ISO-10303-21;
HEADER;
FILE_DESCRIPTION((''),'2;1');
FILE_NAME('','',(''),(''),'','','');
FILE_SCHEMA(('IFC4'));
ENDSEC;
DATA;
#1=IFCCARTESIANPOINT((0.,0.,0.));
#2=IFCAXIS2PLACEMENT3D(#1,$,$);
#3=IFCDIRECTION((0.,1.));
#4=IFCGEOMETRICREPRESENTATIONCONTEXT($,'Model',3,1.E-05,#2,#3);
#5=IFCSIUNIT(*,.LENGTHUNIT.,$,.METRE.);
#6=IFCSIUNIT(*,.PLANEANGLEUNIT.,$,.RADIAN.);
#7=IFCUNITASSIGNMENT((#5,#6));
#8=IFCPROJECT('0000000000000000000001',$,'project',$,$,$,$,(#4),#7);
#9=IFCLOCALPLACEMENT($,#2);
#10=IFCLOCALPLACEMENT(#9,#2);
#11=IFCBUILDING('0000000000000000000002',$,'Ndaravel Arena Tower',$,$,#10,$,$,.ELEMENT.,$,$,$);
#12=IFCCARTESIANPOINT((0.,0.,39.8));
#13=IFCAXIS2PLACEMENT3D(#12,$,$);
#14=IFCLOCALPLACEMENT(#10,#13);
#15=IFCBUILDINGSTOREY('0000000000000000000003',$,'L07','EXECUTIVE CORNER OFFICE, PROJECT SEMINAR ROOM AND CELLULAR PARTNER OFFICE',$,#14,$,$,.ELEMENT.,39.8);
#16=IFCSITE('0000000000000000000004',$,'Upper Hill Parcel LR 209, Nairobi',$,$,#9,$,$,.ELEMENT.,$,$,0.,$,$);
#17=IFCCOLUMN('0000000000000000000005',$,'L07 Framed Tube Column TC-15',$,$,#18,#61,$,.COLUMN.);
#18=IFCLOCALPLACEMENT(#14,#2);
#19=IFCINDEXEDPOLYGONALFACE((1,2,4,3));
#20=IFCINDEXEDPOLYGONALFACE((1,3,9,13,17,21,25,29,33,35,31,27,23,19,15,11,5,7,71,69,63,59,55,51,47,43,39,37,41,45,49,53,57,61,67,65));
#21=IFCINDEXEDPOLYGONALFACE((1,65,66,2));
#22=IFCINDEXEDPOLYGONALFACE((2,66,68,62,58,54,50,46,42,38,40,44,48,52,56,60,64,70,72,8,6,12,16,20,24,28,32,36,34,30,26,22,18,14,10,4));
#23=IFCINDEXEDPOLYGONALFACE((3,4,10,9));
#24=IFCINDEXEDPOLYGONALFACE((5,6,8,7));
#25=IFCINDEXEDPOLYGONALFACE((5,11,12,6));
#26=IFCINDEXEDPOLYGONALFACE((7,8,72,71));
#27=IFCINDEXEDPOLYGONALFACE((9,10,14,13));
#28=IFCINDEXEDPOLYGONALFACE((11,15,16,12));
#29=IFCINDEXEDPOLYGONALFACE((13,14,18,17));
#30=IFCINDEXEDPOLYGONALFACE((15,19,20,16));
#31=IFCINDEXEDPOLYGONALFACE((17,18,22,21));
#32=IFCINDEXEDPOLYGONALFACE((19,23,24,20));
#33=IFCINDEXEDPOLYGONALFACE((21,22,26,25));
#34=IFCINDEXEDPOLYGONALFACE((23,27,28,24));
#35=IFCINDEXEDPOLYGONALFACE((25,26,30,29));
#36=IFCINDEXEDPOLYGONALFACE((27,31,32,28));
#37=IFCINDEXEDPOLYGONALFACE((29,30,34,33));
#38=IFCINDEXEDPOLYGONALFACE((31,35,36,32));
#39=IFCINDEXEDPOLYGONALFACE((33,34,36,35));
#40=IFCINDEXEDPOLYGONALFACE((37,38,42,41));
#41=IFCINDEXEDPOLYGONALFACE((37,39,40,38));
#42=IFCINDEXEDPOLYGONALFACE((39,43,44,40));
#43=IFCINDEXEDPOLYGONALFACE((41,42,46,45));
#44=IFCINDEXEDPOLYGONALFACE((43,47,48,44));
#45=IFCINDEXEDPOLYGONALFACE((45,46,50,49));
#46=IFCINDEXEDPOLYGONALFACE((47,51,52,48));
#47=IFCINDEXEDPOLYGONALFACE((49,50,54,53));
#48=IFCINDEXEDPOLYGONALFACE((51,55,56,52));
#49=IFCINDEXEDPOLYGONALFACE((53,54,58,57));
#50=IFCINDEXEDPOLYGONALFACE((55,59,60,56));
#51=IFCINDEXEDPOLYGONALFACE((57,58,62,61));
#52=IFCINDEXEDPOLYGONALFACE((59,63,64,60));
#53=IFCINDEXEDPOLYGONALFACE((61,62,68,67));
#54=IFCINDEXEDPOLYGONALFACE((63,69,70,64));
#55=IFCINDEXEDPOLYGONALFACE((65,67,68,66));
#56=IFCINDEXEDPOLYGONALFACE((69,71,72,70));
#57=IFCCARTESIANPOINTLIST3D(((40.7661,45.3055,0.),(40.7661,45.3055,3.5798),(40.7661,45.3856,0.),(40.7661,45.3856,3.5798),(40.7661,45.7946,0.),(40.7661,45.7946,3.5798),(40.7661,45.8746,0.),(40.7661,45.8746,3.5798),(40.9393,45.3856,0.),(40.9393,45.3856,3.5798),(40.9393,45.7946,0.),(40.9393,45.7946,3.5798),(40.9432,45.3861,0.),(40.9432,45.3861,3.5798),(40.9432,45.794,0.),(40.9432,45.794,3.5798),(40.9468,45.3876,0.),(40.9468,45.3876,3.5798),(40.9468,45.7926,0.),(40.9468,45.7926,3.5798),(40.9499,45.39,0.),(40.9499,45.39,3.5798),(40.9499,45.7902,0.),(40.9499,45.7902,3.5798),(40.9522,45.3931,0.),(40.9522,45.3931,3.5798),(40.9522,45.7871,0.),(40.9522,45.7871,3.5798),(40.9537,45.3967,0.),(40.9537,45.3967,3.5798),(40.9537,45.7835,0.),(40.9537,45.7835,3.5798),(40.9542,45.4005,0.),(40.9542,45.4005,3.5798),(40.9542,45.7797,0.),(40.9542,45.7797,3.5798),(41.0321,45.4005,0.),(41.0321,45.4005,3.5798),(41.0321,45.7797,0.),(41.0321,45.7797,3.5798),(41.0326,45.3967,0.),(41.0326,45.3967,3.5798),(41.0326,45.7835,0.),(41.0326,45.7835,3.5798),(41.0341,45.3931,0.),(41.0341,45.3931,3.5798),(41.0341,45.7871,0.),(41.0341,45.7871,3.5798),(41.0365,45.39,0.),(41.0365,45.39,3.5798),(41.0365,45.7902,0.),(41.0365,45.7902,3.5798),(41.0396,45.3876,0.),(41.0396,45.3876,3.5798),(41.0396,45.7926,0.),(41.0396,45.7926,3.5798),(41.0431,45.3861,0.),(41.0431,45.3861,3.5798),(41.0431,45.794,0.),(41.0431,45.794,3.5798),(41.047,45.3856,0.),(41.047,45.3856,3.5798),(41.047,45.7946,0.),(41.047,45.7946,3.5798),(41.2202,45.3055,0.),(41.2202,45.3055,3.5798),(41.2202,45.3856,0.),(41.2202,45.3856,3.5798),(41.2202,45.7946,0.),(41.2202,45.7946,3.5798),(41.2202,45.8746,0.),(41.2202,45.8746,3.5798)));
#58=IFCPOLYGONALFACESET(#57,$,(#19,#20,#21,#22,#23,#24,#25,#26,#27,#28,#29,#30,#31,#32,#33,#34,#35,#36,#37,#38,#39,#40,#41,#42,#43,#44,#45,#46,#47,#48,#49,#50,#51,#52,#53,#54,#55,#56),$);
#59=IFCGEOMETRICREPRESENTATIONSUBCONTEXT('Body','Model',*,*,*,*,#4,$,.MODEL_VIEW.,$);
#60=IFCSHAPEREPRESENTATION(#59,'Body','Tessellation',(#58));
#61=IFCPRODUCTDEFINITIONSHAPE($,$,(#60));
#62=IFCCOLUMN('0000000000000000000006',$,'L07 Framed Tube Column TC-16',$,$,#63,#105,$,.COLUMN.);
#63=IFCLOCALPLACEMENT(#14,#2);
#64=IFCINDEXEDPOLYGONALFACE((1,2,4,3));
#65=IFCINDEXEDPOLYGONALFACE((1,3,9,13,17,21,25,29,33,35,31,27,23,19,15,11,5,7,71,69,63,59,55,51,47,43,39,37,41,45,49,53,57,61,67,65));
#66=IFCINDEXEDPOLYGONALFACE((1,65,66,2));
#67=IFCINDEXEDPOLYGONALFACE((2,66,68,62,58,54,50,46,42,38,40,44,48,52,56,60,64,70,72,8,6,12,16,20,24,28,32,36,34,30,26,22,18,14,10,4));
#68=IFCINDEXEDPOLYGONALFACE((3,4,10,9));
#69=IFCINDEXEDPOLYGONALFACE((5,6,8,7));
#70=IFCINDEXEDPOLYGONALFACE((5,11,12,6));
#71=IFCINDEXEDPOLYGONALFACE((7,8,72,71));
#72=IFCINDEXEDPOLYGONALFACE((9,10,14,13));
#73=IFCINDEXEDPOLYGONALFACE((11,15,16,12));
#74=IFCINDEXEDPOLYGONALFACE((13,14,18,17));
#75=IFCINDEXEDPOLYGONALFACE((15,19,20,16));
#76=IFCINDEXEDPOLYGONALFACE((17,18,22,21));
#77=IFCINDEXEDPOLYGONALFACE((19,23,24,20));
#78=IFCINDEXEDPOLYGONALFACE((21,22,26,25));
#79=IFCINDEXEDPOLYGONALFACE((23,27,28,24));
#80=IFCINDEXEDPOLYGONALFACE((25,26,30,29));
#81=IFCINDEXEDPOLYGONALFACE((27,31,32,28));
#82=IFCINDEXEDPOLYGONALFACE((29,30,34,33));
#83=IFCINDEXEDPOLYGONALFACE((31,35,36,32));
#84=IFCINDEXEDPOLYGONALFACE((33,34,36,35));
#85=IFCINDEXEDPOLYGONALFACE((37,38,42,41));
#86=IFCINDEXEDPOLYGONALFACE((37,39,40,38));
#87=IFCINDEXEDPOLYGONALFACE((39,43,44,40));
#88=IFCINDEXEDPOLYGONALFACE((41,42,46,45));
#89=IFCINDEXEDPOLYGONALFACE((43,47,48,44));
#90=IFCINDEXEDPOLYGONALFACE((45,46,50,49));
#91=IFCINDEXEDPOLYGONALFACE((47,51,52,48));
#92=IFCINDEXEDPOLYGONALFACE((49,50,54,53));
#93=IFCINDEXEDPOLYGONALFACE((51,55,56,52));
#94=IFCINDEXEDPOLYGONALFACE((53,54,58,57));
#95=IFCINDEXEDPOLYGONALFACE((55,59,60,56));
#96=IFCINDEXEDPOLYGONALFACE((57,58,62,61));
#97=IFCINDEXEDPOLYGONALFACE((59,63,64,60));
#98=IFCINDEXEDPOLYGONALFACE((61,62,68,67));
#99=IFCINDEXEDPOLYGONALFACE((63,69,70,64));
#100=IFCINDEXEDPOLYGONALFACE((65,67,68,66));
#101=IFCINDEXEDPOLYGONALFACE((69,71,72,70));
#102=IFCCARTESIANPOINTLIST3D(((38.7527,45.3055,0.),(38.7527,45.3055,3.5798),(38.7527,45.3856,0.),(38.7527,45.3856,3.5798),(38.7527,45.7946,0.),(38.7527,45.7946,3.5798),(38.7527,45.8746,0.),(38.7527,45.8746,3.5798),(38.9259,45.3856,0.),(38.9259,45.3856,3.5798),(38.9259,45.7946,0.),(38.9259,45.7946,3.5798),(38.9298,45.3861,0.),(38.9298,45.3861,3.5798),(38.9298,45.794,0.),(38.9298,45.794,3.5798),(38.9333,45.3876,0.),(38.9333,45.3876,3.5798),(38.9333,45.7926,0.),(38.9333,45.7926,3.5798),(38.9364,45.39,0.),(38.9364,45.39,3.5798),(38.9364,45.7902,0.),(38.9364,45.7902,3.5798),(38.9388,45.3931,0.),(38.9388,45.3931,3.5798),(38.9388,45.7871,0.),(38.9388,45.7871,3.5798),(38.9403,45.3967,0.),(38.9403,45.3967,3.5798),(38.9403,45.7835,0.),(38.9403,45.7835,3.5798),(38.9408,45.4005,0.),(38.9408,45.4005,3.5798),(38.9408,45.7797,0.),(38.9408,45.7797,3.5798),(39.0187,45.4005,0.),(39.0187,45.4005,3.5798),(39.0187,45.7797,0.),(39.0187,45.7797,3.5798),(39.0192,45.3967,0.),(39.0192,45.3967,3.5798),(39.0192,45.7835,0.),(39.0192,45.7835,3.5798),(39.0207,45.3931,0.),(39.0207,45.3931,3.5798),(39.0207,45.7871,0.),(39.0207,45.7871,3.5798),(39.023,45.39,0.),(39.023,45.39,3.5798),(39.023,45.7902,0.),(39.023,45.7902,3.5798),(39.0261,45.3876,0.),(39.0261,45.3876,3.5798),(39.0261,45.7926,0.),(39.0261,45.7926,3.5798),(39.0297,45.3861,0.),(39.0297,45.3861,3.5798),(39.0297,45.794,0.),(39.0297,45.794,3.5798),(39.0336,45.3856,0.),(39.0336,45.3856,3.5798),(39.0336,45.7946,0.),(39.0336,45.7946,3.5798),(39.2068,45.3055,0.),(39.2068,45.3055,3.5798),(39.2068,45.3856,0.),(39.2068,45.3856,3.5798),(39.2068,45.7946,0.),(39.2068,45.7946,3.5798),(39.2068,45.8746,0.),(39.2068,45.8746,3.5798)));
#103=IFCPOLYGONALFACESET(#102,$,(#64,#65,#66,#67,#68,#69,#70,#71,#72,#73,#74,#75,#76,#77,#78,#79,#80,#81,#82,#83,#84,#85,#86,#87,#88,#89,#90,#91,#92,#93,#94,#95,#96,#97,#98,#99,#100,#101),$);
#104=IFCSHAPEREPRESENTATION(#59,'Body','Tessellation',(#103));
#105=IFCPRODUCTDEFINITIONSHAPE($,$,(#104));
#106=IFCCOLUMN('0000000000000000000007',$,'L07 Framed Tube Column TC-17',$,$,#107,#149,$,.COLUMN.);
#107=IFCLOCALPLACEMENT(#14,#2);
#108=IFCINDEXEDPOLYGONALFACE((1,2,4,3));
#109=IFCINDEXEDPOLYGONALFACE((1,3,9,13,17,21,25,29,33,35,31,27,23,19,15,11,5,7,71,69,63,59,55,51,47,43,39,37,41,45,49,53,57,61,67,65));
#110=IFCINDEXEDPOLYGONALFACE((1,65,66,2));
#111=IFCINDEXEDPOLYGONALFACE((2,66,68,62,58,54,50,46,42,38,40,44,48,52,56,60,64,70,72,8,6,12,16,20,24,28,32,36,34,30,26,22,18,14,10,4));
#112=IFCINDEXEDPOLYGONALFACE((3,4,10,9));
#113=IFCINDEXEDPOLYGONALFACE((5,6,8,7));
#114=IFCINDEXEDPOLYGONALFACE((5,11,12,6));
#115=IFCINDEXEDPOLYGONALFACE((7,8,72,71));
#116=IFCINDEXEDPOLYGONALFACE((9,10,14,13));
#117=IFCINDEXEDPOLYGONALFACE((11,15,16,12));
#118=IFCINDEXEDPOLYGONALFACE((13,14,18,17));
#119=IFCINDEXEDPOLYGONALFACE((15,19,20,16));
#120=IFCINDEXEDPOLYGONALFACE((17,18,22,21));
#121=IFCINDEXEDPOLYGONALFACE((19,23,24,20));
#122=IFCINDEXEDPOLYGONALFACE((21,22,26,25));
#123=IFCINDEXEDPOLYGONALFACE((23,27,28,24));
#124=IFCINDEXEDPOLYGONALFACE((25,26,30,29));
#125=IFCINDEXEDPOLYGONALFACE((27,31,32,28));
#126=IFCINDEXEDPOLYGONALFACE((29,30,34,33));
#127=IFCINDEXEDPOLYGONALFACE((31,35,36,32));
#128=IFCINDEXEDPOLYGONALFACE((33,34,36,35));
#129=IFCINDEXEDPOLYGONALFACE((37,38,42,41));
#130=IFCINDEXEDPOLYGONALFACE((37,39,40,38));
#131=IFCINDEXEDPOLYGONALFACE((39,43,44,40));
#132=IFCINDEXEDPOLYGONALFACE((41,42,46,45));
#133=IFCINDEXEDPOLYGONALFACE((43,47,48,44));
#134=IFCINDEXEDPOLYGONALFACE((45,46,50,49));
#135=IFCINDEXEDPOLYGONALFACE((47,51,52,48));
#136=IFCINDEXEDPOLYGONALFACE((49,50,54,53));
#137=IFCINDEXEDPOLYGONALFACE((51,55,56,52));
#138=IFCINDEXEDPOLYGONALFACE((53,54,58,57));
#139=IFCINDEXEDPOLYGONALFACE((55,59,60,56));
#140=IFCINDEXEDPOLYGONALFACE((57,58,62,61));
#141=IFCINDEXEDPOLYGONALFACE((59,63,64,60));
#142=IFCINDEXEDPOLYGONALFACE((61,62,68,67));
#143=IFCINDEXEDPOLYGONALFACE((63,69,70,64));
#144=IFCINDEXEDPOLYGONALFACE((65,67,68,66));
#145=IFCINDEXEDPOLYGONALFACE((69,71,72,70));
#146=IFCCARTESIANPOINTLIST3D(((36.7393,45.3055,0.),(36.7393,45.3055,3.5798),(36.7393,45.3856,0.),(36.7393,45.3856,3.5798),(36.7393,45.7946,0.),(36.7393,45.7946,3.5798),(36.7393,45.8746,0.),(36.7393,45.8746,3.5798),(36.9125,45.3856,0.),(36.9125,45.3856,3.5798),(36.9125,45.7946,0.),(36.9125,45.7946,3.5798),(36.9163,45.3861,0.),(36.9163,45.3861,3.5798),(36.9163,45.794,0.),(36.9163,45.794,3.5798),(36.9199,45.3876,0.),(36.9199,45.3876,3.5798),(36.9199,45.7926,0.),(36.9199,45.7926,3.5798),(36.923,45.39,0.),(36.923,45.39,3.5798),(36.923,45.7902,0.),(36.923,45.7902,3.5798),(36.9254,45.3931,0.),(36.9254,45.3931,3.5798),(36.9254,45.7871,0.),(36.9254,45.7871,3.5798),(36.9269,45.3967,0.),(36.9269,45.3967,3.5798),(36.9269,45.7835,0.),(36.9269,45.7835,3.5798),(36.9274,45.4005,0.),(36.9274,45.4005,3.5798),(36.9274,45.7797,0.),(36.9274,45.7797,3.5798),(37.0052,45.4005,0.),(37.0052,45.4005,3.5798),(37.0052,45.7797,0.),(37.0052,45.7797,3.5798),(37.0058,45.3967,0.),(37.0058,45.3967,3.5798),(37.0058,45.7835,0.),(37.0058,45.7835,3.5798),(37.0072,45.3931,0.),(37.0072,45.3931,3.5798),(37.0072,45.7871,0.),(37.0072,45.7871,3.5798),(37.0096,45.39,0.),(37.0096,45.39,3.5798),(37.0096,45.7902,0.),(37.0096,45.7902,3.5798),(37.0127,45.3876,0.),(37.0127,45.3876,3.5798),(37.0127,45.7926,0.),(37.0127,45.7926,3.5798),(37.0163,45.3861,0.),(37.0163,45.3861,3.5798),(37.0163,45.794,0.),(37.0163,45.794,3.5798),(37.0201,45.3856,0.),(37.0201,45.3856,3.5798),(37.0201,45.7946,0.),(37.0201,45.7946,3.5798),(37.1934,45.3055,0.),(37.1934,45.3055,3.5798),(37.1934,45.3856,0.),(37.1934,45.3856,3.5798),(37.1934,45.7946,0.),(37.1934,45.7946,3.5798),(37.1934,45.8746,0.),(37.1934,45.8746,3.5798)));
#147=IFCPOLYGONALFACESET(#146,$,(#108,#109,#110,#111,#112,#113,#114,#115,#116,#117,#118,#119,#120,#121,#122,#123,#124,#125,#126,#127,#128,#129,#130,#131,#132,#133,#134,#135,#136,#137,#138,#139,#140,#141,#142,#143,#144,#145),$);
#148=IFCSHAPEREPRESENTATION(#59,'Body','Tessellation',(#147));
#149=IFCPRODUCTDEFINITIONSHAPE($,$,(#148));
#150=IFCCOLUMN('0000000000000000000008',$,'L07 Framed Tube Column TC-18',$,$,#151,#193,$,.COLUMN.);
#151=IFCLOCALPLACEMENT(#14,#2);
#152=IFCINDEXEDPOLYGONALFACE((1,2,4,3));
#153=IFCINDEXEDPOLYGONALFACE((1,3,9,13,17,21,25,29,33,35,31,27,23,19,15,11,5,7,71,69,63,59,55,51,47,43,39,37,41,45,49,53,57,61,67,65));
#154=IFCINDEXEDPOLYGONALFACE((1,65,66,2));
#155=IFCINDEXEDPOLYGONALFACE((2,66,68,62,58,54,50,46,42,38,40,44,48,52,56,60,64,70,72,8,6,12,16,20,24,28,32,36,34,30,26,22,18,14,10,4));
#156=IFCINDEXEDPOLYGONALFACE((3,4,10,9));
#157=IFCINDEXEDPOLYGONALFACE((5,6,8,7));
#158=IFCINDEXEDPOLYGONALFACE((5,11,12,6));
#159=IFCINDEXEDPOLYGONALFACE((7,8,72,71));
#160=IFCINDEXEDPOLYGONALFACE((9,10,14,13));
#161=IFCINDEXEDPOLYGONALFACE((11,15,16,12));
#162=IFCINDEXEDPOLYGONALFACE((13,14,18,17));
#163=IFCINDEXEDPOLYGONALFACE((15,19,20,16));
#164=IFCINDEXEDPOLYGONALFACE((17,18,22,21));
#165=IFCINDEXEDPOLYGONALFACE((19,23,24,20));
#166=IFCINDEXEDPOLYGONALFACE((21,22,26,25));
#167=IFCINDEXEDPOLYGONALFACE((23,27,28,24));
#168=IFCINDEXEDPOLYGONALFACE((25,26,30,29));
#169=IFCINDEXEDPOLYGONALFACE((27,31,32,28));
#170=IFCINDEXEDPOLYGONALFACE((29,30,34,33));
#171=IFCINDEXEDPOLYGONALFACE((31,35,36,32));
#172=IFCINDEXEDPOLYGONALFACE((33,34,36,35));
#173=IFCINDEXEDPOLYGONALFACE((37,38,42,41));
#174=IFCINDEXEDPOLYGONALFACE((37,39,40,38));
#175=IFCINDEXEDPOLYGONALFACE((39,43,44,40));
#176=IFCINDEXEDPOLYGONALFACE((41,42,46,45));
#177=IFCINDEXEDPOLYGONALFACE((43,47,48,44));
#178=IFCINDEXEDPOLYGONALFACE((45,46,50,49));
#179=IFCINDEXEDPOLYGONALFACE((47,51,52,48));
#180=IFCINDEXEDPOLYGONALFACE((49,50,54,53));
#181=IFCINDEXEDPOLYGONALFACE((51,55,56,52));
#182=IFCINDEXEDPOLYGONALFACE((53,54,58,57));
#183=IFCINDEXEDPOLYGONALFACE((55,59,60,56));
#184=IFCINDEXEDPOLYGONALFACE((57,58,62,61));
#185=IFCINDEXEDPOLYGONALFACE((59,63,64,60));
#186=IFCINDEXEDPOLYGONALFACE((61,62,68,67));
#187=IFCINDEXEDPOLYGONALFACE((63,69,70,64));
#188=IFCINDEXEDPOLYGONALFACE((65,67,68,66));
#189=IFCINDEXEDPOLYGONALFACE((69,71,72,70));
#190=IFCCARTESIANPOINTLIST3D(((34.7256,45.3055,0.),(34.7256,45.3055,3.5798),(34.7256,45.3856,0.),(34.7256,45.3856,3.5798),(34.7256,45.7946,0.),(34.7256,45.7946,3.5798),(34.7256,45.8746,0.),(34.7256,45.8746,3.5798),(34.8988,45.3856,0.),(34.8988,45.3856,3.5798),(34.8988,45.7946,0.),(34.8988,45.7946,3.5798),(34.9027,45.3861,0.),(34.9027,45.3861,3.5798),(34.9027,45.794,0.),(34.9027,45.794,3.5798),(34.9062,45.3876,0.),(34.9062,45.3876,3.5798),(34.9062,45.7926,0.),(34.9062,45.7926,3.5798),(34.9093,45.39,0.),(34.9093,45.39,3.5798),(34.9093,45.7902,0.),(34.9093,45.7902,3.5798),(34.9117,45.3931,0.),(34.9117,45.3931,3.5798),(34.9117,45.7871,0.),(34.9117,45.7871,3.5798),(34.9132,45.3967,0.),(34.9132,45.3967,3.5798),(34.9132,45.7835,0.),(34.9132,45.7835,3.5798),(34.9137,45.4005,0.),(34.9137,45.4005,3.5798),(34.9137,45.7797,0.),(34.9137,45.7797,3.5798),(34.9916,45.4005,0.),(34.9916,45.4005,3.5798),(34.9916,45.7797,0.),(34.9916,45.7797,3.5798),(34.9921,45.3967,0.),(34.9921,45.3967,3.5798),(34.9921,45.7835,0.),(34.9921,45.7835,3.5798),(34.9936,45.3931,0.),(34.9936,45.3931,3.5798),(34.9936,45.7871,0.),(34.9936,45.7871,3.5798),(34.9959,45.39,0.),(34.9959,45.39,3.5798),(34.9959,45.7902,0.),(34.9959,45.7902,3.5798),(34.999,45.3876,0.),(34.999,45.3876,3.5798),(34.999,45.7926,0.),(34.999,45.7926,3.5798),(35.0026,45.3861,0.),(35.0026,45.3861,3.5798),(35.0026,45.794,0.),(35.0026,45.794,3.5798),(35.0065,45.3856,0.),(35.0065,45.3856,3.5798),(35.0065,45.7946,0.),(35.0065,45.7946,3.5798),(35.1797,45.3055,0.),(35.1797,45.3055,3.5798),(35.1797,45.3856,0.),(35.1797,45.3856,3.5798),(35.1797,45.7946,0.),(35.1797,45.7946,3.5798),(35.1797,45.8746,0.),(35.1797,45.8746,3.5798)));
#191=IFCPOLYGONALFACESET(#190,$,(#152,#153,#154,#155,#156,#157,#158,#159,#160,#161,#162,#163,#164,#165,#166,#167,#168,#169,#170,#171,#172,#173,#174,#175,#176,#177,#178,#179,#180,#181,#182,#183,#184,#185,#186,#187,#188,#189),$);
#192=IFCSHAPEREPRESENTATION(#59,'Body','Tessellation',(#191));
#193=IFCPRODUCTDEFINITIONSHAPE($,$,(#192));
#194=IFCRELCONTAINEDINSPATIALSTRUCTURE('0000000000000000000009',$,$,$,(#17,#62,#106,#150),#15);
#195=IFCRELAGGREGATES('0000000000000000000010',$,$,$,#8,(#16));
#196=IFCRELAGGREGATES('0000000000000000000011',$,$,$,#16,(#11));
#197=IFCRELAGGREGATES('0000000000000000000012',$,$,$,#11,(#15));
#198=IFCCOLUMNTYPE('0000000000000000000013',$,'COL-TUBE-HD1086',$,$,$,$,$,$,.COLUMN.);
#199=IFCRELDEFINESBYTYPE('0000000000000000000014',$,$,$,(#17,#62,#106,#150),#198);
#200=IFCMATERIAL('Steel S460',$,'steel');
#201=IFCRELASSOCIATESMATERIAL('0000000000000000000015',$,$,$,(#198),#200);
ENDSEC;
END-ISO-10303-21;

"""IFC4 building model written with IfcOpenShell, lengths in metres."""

from ifc_helpers import new_model, si_unit, direction, frame, origin, origin_2d, place, context, subcontext, project, spatial, i_section, extrude, material, material_profile, profile_set, type_object, element, save


model = new_model("IFC4")

# Units and contexts
model_context = context("Model", 3, precision=1e-05, world=origin(), true_north=direction((0.0, 1.0)))
body_context = subcontext(model_context, "Body", "Model", "MODEL_VIEW")
ifc_project = project(units=[si_unit("LENGTHUNIT", "METRE"), si_unit("PLANEANGLEUNIT", "RADIAN")], contexts=[model_context])

# Site, building, storey
site_placement = place(None, origin())
site = spatial("IfcSite", under=ifc_project, at=site_placement, Name="Upper Hill Parcel LR 209, Nairobi", CompositionType="ELEMENT", RefElevation=0.0)
building_placement = place(site_placement, origin())
building = spatial("IfcBuilding", under=site, at=building_placement, Name="Ndaravel Arena Tower", CompositionType="ELEMENT")
storey_placement = place(building_placement, frame((0.0, 0.0, 39.8)))
storey = spatial("IfcBuildingStorey", under=building, at=storey_placement, Name="L07", Description="EXECUTIVE CORNER OFFICE, PROJECT SEMINAR ROOM AND CELLULAR PARTNER OFFICE", CompositionType="ELEMENT", Elevation=39.8)

# Columns
ifc_material_1 = material(Name="Steel S460", Category="steel")
ifc_material_profile_1 = material_profile(ifc_material_1, i_section(OverallWidth=0.4541, OverallDepth=0.5691, WebThickness=0.0779, FlangeThickness=0.0801, FilletRadius=0.0149, at=origin_2d()), Name="HD 400x1086")
ifc_profile_set_1 = profile_set([ifc_material_profile_1], Name="Steel S460")
column_type = type_object("IfcColumnType", Name="COL-TUBE-HD1086", PredefinedType="COLUMN", material=ifc_profile_set_1)
for number, where, z_axis, x_axis, name in (
    (1, (40.9932, 45.5901, 0.0), (0.0, 0.0, 1.0), (1.0, 0.0, 0.0), "L07 Framed Tube Column TC-15"),
    (2, (38.9797, 45.5901, 0.0), (0.0, 0.0, 1.0), (1.0, 0.0, 0.0), "L07 Framed Tube Column TC-16"),
    (3, (36.9663, 45.5901, 0.0), (0.0, 0.0, 1.0), (1.0, 0.0, 0.0), "L07 Framed Tube Column TC-17"),
    (4, (34.9526, 45.5901, 0.0), (0.0, 0.0, 1.0), (1.0, 0.0, 0.0), "L07 Framed Tube Column TC-18"),
):
    element("IfcColumn", number, at=place(storey_placement, frame(where, z_axis=z_axis, x_axis=x_axis)), inside=storey, type_object=column_type, Name=name, PredefinedType="COLUMN", context=body_context, shape_type="SweptSolid", body=[
        extrude(i_section(OverallWidth=0.4541, OverallDepth=0.5691, WebThickness=0.0779, FlangeThickness=0.0801, FilletRadius=0.0149, at=origin_2d()), origin(), (0.0, 0.0, 1.0), 3.5798),
    ])

save(model, "model.ifc")
